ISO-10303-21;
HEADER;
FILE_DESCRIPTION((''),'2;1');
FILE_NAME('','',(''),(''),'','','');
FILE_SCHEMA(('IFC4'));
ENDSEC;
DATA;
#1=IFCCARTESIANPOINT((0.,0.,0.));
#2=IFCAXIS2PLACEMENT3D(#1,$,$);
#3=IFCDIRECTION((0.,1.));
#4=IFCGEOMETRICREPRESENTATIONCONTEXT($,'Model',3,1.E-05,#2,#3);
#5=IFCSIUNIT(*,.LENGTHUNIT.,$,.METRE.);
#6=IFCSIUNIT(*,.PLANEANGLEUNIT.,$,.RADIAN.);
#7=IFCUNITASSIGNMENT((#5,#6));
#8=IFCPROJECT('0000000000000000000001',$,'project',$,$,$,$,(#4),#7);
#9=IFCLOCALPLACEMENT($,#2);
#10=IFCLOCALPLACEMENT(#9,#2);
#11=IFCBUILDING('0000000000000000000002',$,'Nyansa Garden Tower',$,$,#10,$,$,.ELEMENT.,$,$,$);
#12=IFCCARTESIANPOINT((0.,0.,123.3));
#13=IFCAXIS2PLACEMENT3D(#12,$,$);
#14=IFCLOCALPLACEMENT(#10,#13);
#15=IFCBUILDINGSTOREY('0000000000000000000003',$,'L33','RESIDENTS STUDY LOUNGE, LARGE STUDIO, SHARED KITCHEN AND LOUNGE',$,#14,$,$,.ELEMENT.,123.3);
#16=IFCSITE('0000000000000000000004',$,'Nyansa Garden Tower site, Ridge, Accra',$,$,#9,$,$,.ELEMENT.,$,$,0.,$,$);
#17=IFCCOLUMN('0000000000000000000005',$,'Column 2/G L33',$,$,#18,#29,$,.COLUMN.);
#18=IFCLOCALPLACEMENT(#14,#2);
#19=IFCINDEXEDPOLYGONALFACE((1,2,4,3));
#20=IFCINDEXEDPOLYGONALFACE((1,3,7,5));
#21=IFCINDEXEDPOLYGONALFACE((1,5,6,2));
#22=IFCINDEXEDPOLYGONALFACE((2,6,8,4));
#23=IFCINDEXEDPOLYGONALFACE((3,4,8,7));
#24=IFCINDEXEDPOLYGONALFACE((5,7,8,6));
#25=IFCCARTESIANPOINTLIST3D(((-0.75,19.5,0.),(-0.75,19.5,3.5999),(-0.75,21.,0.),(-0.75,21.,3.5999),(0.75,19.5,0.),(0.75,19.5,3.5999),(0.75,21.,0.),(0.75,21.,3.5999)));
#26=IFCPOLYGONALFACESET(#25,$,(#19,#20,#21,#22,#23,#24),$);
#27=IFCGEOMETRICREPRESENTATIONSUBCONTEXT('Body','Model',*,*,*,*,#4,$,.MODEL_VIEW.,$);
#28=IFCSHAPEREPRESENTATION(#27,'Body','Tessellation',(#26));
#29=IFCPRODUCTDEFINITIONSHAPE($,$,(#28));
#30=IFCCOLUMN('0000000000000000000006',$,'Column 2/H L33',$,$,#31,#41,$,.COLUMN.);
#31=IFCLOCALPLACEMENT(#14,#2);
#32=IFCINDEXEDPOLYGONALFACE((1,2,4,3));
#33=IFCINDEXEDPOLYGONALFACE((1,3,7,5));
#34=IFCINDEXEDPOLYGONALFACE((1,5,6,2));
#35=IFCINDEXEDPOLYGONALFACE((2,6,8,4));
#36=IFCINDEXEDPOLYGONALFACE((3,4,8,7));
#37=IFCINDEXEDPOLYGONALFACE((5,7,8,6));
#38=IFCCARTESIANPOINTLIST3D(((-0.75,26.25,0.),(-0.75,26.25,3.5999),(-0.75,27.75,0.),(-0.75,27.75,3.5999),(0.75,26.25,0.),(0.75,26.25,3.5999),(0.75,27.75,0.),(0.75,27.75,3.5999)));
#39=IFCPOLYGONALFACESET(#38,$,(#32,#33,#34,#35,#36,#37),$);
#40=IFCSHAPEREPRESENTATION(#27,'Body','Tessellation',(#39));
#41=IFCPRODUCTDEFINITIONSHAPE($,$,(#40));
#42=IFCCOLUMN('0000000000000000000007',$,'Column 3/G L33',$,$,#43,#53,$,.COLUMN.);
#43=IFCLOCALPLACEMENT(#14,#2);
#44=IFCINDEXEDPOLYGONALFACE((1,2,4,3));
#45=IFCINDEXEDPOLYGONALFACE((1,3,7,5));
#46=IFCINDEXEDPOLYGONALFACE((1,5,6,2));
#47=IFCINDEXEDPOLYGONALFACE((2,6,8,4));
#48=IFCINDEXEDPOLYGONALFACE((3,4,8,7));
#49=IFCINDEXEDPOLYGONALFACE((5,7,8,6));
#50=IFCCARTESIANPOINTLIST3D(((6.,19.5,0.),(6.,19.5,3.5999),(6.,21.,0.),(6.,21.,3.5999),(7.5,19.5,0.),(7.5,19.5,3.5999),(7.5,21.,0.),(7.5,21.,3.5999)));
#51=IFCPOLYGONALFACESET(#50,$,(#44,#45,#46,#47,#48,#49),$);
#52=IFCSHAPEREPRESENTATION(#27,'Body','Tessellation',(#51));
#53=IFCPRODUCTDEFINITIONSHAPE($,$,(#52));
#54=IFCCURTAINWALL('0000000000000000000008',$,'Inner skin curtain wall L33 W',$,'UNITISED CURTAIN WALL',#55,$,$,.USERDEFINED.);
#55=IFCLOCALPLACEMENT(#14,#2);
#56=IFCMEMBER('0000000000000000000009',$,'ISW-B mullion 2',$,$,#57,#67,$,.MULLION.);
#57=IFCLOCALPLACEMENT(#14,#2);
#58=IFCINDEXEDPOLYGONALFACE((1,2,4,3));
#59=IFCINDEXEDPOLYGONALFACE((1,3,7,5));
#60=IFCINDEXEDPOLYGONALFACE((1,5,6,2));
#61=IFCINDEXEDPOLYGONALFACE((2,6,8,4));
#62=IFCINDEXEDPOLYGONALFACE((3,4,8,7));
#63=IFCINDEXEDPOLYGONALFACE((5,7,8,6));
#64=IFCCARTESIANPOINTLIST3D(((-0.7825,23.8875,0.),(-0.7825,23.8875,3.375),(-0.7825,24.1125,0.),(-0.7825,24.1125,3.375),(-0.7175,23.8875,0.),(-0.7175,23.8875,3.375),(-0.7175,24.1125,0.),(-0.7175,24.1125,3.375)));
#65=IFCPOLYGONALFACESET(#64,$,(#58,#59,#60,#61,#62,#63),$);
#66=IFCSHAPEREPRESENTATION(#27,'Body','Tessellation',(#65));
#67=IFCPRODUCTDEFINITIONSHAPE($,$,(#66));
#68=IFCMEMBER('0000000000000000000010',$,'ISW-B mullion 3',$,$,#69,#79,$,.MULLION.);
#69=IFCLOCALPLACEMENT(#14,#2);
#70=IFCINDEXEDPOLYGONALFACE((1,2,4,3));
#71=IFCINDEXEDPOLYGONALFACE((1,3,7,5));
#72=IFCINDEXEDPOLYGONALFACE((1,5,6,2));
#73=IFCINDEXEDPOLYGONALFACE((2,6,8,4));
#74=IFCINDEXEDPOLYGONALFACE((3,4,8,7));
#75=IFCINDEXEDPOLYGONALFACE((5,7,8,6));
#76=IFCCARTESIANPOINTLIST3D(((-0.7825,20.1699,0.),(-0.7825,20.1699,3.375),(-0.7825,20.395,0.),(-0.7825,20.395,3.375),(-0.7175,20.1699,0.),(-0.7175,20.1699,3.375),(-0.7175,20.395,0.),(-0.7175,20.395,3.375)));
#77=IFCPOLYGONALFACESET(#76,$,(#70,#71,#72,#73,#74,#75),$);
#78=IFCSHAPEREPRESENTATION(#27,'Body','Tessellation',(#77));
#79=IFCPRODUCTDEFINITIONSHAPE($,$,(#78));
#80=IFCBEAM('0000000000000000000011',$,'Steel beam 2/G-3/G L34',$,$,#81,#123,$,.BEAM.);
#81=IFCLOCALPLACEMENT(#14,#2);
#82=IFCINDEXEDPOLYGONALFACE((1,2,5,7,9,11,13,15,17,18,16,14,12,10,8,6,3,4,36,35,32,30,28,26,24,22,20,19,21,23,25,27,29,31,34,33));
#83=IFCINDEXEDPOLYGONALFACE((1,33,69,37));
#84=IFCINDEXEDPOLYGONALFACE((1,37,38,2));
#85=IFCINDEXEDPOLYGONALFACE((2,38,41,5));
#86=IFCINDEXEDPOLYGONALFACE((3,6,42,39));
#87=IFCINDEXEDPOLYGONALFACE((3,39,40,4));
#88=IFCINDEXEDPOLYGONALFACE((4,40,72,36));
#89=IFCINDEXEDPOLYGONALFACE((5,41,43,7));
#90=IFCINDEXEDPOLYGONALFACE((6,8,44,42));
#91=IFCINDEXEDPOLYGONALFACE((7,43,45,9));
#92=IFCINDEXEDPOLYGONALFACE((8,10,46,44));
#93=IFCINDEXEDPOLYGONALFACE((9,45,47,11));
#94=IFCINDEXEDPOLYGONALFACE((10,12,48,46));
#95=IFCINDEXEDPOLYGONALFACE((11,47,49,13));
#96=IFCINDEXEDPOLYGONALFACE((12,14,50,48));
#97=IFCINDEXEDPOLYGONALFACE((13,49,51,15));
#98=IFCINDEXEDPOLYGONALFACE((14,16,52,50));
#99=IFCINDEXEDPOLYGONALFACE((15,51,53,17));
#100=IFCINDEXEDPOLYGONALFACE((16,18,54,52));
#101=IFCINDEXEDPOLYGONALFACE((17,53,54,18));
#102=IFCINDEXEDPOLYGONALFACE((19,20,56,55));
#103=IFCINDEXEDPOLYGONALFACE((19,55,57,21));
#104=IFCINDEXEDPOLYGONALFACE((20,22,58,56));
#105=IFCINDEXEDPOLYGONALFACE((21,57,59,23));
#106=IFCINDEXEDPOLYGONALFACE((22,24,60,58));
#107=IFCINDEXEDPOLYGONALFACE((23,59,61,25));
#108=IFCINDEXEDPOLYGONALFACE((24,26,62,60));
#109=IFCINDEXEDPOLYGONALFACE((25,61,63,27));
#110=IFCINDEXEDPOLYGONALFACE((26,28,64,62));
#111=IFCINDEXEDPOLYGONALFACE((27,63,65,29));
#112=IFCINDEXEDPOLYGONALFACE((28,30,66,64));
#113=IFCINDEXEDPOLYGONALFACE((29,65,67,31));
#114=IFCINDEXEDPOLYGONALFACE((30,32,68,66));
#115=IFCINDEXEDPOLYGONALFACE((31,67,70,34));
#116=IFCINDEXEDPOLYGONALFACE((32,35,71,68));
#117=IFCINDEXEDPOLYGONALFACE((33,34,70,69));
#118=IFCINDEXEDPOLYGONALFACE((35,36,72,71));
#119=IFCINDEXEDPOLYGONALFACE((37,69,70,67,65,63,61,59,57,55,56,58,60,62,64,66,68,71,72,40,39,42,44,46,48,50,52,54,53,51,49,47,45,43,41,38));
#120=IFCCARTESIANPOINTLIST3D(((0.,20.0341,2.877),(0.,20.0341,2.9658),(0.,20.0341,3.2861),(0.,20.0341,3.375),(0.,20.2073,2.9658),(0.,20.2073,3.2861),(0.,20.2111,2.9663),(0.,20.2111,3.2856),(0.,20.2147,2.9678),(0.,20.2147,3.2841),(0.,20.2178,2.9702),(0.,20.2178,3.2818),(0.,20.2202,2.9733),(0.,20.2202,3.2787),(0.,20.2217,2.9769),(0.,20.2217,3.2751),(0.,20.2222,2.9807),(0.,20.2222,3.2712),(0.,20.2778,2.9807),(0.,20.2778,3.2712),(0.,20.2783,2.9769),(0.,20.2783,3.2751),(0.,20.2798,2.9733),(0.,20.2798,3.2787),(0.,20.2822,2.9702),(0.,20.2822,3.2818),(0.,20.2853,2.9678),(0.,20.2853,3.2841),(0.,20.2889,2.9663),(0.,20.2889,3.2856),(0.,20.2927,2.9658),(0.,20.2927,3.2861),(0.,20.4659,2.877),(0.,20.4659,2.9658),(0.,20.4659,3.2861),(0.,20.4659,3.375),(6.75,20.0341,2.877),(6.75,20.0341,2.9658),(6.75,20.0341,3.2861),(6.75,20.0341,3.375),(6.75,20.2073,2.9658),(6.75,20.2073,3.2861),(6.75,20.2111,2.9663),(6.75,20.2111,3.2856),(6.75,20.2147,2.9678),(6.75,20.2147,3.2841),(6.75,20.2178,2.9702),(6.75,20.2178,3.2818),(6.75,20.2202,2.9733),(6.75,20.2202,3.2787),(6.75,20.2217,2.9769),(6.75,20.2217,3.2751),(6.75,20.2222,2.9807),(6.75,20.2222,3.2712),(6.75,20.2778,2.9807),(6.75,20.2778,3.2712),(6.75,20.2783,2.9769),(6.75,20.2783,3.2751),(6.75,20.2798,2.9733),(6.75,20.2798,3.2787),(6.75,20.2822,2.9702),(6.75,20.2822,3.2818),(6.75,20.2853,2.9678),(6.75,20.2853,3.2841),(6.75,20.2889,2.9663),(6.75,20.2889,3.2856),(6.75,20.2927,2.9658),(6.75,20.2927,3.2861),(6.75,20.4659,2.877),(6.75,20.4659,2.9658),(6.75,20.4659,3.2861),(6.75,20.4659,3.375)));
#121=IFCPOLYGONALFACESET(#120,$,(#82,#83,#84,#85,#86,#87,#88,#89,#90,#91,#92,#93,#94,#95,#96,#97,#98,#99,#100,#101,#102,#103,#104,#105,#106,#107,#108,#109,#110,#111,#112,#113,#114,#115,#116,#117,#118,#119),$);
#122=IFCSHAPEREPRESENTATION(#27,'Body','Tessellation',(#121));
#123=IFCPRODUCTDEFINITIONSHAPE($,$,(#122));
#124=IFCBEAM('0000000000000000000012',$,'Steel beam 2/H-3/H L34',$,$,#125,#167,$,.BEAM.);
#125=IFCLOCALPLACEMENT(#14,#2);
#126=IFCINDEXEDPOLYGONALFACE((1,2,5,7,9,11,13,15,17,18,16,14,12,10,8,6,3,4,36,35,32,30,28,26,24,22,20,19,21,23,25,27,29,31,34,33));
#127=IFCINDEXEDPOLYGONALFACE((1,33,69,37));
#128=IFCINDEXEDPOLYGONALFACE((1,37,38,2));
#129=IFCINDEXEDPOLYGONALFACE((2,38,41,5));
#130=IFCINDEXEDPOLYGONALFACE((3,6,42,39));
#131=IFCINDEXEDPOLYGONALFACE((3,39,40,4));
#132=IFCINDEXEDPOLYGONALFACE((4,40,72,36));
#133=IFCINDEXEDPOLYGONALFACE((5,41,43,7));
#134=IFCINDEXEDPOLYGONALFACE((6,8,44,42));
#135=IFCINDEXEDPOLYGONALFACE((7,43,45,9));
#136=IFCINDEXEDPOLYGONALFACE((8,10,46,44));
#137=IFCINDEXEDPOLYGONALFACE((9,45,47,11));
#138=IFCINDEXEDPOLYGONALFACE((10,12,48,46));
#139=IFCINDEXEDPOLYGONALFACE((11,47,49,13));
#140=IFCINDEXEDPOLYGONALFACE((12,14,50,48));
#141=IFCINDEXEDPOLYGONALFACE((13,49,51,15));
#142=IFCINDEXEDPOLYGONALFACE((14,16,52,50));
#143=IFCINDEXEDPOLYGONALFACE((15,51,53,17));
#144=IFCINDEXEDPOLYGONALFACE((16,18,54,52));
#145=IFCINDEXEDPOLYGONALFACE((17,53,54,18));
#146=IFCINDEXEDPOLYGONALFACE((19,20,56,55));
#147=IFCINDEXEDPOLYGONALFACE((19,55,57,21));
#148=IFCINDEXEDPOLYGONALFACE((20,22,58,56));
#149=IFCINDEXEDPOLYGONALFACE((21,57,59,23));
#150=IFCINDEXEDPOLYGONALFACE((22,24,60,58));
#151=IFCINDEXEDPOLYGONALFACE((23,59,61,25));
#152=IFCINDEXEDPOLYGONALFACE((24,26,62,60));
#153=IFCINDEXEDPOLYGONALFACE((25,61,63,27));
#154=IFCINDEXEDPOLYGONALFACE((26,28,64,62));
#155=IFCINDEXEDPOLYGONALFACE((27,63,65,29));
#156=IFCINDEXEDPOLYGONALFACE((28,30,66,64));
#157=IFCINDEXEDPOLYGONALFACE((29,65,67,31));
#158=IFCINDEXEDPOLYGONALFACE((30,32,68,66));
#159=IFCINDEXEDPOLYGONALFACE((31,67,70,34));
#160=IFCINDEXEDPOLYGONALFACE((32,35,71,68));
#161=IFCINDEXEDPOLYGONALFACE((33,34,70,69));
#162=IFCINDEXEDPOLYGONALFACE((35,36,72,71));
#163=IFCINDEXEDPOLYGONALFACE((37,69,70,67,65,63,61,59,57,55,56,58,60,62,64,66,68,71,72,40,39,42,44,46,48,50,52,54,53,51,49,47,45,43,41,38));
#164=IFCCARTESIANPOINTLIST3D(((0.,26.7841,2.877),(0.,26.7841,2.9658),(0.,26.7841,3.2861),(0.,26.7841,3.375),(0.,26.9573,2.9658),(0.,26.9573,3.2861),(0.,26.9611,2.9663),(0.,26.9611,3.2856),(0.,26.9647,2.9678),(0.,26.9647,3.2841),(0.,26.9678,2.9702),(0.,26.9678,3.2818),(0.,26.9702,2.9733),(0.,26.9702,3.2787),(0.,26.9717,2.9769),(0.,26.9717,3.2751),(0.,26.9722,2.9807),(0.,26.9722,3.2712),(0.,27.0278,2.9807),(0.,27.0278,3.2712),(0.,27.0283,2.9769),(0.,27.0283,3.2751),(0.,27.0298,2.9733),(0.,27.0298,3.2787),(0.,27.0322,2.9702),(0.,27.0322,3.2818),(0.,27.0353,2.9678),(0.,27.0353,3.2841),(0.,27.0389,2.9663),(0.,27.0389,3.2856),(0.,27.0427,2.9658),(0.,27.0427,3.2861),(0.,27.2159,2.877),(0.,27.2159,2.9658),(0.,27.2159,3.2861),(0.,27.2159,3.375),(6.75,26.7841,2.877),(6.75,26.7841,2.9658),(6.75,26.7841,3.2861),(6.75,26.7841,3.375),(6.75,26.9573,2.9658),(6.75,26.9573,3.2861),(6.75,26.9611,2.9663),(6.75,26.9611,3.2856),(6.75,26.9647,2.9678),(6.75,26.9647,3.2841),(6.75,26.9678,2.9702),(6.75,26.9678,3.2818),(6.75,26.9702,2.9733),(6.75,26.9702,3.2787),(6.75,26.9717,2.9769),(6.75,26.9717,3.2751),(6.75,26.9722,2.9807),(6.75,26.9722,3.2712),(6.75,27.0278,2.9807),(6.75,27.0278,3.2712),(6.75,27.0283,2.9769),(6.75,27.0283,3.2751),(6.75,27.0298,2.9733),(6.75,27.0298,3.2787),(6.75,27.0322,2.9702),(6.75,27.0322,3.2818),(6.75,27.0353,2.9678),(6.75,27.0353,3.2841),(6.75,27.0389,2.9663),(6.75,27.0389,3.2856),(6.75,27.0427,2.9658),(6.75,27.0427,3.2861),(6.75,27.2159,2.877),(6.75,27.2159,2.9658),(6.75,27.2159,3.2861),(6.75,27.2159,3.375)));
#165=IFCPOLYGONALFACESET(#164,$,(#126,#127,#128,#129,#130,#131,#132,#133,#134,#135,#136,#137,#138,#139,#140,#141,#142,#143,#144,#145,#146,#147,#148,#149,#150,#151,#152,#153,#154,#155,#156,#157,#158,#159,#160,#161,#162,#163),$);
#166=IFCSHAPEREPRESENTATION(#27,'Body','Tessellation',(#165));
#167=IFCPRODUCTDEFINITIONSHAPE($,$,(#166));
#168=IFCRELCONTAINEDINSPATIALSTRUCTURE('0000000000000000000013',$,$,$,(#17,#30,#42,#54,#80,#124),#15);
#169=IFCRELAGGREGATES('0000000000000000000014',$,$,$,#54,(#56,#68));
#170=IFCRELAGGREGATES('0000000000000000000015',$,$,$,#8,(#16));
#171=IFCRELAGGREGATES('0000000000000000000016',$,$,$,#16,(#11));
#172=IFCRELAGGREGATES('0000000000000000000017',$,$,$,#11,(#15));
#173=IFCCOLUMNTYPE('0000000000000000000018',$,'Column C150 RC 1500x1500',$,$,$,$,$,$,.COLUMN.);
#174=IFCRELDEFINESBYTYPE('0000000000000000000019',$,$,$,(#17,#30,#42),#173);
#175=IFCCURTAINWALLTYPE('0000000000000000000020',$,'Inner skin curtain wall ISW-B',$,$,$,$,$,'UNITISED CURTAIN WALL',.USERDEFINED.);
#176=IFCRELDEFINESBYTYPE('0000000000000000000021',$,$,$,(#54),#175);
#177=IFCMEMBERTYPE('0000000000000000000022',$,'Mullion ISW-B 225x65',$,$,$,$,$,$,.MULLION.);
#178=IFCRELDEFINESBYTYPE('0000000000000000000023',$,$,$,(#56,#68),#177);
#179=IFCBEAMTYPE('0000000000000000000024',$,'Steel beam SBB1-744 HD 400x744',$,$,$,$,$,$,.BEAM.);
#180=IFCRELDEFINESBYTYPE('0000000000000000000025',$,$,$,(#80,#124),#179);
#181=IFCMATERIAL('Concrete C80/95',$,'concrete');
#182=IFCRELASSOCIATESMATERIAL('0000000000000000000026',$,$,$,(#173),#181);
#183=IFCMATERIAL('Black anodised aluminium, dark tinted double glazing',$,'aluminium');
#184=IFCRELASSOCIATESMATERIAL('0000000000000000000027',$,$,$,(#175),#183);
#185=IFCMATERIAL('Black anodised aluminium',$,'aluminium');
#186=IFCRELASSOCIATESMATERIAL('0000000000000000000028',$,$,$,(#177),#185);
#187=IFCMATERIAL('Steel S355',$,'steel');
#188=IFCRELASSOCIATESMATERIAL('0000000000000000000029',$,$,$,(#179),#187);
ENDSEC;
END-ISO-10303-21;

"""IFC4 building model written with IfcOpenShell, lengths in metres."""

from ifc_helpers import new_model, si_unit, direction, frame, origin, origin_2d, place, context, subcontext, project, spatial, rectangle, i_section, extrude, material, material_profile, profile_set, type_object, element, aggregate, save


model = new_model("IFC4")

# Units and contexts
model_context = context("Model", 3, precision=1e-05, world=origin(), true_north=direction((0.0, 1.0)))
body_context = subcontext(model_context, "Body", "Model", "MODEL_VIEW")
ifc_project = project(units=[si_unit("LENGTHUNIT", "METRE"), si_unit("PLANEANGLEUNIT", "RADIAN")], contexts=[model_context])

# Site, building, storey
site_placement = place(None, origin())
site = spatial("IfcSite", under=ifc_project, at=site_placement, Name="Nyansa Garden Tower site, Ridge, Accra", CompositionType="ELEMENT", RefElevation=0.0)
building_placement = place(site_placement, origin())
building = spatial("IfcBuilding", under=site, at=building_placement, Name="Nyansa Garden Tower", CompositionType="ELEMENT")
storey_placement = place(building_placement, frame((0.0, 0.0, 123.3)))
storey = spatial("IfcBuildingStorey", under=building, at=storey_placement, Name="L33", Description="RESIDENTS STUDY LOUNGE, LARGE STUDIO, SHARED KITCHEN AND LOUNGE", CompositionType="ELEMENT", Elevation=123.3)

# Columns
ifc_material_1 = material(Name="Concrete C80/95", Category="concrete")
ifc_material_profile_1 = material_profile(ifc_material_1, rectangle(XDim=1.5, YDim=1.5, at=origin_2d()), Name="RC 1500x1500")
ifc_profile_set_1 = profile_set([ifc_material_profile_1], Name="Concrete C80/95")
column_type = type_object("IfcColumnType", Name="Column C150 RC 1500x1500", PredefinedType="COLUMN", material=ifc_profile_set_1)
for number, where, z_axis, x_axis, name in (
    (1, (0.0, 20.25, 0.0), (0.0, 0.0, 1.0), (1.0, 0.0, 0.0), "Column 2/G L33"),
    (2, (0.0, 27.0, 0.0), (0.0, 0.0, 1.0), (1.0, 0.0, 0.0), "Column 2/H L33"),
    (3, (6.75, 20.25, 0.0), (0.0, 0.0, 1.0), (1.0, 0.0, 0.0), "Column 3/G L33"),
):
    element("IfcColumn", number, at=place(storey_placement, frame(where, z_axis=z_axis, x_axis=x_axis)), inside=storey, type_object=column_type, Name=name, PredefinedType="COLUMN", context=body_context, shape_type="SweptSolid", body=[
        extrude(rectangle(XDim=1.5, YDim=1.5, at=origin_2d()), origin(), (0.0, 0.0, 1.0), 3.5999),
    ])

# Curtain wall, members
ifc_material_2 = material(Name="Black anodised aluminium, dark tinted double glazing", Category="aluminium")
curtain_wall_type = type_object("IfcCurtainWallType", Name="Inner skin curtain wall ISW-B", ElementType="UNITISED CURTAIN WALL", PredefinedType="USERDEFINED", material=ifc_material_2)
curtain_wall_placement = place(storey_placement, origin())
curtain_wall = element("IfcCurtainWall", 4, at=curtain_wall_placement, inside=storey, type_object=curtain_wall_type, Name="Inner skin curtain wall L33 W", ObjectType="UNITISED CURTAIN WALL", PredefinedType="USERDEFINED")
ifc_material_3 = material(Name="Black anodised aluminium", Category="aluminium")
ifc_material_profile_2 = material_profile(ifc_material_3, rectangle(XDim=0.0649, YDim=0.2251, at=origin_2d()), Name="Mullion 225x65")
ifc_profile_set_2 = profile_set([ifc_material_profile_2], Name="Black anodised aluminium")
member_type_1 = type_object("IfcMemberType", Name="Mullion ISW-B 225x65", PredefinedType="MULLION", material=ifc_profile_set_2)
member_1_placement = place(storey_placement, frame((-0.75, 24.0, 0.0), z_axis=(0.0, 0.0, 1.0), x_axis=(1.0, 0.0, 0.0)))
member_1 = element("IfcMember", 5, at=member_1_placement, type_object=member_type_1, Name="ISW-B mullion 2", PredefinedType="MULLION", context=body_context, shape_type="SweptSolid", body=[
    extrude(rectangle(XDim=0.0649, YDim=0.2251, at=origin_2d()), origin(), (0.0, 0.0, 1.0), 3.375),
])
member_2_placement = place(storey_placement, frame((-0.75, 20.2825, 0.0), z_axis=(0.0, 0.0, 1.0), x_axis=(1.0, 0.0, 0.0)))
member_2 = element("IfcMember", 6, at=member_2_placement, type_object=member_type_1, Name="ISW-B mullion 3", PredefinedType="MULLION", context=body_context, shape_type="SweptSolid", body=[
    extrude(rectangle(XDim=0.0649, YDim=0.2251, at=origin_2d()), origin(), (0.0, 0.0, 1.0), 3.375),
])

# Beams
ifc_material_4 = material(Name="Steel S355", Category="steel")
ifc_material_profile_3 = material_profile(ifc_material_4, i_section(OverallWidth=0.4319, OverallDepth=0.498, WebThickness=0.0557, FlangeThickness=0.0889, FilletRadius=0.0149, at=origin_2d()), Name="HD 400x744")
ifc_profile_set_3 = profile_set([ifc_material_profile_3], Name="Steel S355")
beam_type_1 = type_object("IfcBeamType", Name="Steel beam SBB1-744 HD 400x744", PredefinedType="BEAM", material=ifc_profile_set_3)
for number, where, z_axis, x_axis, name in (
    (7, (0.0, 20.25, 3.126), (1.0, 0.0, 0.0), (0.0, 1.0, 0.0), "Steel beam 2/G-3/G L34"),
    (8, (0.0, 27.0, 3.126), (1.0, 0.0, 0.0), (0.0, 1.0, 0.0), "Steel beam 2/H-3/H L34"),
):
    element("IfcBeam", number, at=place(storey_placement, frame(where, z_axis=z_axis, x_axis=x_axis)), inside=storey, type_object=beam_type_1, Name=name, PredefinedType="BEAM", context=body_context, shape_type="SweptSolid", body=[
        extrude(i_section(OverallWidth=0.4319, OverallDepth=0.498, WebThickness=0.0557, FlangeThickness=0.0889, FilletRadius=0.0149, at=origin_2d()), origin(), (0.0, 0.0, 1.0), 6.75),
    ])

aggregate(curtain_wall, [member_1, member_2])

save(model, "model.ifc")
